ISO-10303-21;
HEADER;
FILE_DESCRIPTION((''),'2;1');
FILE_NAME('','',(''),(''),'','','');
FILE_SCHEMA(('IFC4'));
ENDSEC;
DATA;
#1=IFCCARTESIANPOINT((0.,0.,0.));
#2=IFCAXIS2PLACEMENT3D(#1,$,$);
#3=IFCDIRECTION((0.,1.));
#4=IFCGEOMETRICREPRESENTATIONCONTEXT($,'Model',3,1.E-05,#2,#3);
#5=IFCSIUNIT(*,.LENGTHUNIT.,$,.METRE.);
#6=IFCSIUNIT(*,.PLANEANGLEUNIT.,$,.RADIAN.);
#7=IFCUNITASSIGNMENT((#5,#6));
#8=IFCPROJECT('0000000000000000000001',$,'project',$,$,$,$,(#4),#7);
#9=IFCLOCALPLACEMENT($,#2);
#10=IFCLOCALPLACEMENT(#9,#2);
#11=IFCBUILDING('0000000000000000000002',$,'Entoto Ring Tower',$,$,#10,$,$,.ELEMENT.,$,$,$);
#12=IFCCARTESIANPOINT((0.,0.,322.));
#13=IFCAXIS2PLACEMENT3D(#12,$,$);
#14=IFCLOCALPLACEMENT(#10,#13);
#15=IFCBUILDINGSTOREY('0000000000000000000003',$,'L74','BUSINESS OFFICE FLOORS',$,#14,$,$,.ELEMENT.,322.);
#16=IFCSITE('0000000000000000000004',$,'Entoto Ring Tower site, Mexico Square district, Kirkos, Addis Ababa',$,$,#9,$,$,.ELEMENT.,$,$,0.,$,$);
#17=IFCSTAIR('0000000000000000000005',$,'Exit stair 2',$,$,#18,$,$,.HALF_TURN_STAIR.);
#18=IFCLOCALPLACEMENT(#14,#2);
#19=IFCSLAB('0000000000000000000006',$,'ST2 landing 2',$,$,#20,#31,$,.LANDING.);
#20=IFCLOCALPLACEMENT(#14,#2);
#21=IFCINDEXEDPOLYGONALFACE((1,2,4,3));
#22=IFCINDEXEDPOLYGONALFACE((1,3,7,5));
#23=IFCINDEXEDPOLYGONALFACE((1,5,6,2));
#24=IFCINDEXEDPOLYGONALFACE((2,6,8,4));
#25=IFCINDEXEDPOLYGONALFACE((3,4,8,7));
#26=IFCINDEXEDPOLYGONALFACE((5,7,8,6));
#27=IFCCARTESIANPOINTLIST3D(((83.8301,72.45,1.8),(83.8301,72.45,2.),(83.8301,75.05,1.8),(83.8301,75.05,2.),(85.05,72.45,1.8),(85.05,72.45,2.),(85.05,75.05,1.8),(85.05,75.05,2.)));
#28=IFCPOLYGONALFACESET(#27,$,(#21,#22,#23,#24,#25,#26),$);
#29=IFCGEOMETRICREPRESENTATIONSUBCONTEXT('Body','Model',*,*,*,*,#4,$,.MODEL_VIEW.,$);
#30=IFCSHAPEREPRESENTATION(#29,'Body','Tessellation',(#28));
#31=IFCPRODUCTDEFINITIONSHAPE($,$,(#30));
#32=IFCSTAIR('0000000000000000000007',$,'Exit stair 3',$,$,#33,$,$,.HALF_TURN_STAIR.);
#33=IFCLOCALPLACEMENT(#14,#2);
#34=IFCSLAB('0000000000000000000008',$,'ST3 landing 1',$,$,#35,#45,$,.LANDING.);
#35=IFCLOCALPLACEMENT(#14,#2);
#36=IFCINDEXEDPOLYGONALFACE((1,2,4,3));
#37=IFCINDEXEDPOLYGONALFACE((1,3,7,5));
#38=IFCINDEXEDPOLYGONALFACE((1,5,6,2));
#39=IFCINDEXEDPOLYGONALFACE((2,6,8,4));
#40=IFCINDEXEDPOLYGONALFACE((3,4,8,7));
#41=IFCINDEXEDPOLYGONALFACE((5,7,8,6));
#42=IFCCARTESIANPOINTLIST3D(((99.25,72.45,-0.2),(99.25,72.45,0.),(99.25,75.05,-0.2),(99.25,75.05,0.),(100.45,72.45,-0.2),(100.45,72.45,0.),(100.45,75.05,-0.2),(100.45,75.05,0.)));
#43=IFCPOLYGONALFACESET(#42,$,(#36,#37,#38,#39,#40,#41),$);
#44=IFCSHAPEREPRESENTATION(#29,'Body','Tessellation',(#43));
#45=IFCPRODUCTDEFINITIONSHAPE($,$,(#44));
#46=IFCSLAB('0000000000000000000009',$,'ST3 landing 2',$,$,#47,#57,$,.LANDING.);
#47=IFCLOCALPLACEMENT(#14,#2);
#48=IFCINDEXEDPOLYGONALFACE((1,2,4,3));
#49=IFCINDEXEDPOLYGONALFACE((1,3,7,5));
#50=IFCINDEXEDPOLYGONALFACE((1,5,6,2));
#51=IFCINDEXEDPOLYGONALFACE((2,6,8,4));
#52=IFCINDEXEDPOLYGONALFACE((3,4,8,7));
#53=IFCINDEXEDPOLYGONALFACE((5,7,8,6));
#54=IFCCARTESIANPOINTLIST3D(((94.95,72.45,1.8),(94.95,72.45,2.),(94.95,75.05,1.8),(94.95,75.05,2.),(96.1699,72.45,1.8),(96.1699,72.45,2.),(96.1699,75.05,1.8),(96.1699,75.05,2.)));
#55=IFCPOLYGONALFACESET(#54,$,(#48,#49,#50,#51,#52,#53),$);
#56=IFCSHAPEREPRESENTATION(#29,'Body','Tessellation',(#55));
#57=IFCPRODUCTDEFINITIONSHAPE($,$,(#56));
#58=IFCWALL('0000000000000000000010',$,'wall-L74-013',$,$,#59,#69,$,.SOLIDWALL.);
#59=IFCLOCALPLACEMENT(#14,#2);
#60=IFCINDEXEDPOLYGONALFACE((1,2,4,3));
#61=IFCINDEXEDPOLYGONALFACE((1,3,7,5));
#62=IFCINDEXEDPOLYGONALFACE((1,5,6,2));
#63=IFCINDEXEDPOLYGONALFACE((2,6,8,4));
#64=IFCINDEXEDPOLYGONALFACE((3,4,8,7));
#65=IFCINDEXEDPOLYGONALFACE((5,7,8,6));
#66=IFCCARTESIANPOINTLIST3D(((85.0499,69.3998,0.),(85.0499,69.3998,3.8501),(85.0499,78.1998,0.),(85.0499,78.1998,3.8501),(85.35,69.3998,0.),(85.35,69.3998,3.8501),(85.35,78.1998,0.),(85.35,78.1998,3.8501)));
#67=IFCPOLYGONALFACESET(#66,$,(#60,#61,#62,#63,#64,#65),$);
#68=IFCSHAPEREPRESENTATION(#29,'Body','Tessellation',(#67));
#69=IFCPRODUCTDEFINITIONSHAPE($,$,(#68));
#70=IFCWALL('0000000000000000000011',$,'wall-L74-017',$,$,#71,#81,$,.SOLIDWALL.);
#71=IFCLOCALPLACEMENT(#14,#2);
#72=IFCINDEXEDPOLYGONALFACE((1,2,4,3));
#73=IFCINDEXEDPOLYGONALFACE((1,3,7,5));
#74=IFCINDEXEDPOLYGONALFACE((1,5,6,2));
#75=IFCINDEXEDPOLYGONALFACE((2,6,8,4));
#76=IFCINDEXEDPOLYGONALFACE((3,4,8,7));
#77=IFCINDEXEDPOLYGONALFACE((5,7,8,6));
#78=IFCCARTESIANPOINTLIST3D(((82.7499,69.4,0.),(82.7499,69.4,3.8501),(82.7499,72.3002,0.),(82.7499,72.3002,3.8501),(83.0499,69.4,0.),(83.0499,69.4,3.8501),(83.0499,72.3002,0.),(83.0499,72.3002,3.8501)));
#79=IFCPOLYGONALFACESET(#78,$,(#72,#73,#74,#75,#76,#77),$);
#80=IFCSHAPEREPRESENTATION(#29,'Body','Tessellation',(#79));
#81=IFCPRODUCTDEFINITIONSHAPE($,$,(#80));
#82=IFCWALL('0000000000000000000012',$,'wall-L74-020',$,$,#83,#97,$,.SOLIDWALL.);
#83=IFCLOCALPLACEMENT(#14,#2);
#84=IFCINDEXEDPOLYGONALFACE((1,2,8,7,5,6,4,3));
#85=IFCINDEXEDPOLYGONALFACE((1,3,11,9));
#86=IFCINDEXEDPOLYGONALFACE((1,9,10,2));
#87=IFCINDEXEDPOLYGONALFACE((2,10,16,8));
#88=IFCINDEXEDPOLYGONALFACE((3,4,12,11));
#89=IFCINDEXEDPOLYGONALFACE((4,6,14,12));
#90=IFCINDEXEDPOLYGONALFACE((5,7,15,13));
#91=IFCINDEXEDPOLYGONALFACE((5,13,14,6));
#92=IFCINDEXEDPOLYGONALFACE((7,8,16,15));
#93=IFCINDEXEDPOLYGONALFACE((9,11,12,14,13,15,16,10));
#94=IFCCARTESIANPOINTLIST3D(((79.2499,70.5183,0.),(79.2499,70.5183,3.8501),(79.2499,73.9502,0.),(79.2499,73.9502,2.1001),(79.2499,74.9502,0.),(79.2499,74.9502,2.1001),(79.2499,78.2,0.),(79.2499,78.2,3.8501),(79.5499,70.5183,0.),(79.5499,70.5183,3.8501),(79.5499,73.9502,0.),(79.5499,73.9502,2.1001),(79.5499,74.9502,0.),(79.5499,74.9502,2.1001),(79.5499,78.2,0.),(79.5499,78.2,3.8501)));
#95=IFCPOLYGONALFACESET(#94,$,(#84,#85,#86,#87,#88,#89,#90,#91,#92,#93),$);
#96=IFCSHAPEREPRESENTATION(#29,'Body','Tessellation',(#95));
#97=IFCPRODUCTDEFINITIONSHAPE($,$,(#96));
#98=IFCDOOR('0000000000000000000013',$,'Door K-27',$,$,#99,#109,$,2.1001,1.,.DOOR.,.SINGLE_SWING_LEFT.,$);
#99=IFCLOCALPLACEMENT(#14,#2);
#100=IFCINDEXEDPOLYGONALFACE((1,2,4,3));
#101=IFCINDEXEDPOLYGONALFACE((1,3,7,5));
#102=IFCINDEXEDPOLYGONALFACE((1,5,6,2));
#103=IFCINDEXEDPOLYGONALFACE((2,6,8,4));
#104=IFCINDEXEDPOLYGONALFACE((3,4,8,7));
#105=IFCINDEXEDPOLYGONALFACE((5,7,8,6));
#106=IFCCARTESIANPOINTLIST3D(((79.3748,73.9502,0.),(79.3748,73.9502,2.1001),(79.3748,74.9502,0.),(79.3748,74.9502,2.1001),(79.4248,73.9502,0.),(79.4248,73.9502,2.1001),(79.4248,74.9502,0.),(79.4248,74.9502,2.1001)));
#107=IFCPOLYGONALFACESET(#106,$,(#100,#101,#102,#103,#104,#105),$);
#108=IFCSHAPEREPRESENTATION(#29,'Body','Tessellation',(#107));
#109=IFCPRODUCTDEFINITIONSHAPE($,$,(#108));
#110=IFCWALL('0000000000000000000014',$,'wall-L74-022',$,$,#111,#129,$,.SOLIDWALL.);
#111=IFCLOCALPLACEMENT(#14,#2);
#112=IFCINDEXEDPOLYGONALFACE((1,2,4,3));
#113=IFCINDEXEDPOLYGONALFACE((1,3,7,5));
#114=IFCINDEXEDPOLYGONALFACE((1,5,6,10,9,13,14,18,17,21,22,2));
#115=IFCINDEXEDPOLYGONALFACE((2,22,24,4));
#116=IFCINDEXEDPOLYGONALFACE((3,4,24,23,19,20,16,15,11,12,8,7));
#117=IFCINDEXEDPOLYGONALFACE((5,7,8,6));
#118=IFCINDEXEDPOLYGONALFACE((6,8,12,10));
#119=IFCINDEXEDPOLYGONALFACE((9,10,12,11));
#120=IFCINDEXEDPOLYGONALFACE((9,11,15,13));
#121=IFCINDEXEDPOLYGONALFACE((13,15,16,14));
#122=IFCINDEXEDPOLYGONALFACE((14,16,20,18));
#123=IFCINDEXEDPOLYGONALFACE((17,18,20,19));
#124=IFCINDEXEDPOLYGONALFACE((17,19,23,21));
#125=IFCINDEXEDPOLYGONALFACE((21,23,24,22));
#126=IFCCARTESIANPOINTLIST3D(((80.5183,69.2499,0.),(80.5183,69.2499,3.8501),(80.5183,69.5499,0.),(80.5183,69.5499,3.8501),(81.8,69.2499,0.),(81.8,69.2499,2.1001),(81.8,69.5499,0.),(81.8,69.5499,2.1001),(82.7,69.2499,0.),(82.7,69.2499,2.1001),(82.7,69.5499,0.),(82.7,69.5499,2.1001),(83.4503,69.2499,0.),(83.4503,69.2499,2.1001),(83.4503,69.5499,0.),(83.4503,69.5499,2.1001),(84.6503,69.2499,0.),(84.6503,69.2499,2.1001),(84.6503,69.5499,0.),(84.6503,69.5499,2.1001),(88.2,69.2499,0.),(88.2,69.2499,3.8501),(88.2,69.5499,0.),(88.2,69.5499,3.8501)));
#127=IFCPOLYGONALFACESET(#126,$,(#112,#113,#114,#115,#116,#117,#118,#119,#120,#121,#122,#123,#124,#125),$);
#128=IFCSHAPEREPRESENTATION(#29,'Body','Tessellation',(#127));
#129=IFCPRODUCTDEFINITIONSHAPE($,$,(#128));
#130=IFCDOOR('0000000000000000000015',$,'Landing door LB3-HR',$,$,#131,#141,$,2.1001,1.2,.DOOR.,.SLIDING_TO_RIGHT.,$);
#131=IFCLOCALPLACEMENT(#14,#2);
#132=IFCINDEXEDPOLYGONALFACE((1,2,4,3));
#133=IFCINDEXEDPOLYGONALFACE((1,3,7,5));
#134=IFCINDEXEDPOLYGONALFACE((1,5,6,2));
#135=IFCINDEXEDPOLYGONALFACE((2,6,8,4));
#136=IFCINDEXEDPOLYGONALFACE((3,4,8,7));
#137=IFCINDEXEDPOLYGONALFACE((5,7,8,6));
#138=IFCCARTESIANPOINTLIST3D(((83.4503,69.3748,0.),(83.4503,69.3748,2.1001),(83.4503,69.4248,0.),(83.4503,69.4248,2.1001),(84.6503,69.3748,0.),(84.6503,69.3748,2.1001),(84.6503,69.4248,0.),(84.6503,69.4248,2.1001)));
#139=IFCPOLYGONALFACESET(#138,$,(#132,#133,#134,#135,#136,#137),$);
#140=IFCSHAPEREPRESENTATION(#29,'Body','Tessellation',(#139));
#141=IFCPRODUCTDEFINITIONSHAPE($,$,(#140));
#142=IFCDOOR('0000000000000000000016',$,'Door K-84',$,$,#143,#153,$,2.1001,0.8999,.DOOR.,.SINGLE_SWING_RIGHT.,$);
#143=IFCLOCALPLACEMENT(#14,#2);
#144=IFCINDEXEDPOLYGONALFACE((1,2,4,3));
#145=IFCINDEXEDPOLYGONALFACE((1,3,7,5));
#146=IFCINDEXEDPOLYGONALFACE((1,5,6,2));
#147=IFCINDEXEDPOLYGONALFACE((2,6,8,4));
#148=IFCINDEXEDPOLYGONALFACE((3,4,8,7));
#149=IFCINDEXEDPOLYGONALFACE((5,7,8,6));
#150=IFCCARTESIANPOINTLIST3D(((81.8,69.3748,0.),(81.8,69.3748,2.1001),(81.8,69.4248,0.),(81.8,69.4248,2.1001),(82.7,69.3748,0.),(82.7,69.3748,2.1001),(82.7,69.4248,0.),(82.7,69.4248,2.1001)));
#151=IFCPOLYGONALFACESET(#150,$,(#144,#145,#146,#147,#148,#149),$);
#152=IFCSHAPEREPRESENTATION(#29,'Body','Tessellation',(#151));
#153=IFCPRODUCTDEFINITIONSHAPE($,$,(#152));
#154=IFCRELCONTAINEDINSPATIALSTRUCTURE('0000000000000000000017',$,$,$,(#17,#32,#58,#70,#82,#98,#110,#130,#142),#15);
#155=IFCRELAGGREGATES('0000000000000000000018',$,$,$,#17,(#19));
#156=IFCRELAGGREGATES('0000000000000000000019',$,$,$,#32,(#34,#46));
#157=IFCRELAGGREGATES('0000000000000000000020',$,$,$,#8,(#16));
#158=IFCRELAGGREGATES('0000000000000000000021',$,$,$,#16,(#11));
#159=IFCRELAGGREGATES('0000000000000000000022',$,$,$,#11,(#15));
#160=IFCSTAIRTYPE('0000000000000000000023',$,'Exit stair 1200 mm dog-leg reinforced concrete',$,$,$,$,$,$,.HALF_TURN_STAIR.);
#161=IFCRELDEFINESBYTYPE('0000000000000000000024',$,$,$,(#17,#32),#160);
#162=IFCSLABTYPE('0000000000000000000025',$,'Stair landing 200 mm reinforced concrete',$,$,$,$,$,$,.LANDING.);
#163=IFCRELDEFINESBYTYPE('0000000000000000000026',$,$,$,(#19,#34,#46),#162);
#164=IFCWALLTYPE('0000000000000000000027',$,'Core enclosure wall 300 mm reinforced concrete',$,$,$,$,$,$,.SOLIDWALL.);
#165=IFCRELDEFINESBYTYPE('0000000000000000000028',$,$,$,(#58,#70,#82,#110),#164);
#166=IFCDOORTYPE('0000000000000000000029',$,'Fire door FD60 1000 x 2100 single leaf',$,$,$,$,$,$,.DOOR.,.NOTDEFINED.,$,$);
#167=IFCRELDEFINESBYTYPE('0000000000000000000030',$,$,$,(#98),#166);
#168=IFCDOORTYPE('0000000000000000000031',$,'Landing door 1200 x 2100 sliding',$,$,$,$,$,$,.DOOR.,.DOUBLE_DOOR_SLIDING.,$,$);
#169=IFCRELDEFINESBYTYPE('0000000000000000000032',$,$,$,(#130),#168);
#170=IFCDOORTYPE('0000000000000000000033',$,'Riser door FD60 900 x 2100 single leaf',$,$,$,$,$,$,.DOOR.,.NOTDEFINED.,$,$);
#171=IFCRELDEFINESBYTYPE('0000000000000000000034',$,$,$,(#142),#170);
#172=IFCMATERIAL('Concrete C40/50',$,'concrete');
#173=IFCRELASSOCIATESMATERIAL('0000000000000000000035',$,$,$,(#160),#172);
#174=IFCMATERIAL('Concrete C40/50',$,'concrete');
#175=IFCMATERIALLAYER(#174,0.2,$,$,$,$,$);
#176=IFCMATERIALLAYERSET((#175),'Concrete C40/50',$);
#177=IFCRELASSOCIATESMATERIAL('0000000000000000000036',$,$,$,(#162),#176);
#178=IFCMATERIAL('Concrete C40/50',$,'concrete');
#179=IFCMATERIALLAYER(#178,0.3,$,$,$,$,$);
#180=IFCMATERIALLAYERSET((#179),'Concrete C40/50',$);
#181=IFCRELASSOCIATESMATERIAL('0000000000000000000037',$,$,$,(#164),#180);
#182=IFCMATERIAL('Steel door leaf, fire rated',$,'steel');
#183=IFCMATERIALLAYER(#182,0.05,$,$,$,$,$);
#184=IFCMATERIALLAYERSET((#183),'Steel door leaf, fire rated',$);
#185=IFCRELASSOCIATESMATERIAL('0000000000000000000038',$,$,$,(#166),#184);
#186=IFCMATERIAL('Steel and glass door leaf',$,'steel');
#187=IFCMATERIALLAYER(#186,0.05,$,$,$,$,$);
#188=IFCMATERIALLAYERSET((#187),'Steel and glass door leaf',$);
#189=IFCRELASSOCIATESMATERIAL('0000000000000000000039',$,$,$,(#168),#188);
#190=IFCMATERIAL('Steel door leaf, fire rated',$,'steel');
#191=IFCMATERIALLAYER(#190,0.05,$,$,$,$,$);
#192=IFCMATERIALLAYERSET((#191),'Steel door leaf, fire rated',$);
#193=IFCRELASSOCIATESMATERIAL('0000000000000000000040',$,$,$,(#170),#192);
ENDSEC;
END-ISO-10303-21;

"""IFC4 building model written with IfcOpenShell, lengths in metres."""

from ifc_helpers import new_model, si_unit, direction, frame, frame_2d, origin, place, context, subcontext, project, spatial, polyline, rectangle, outline, extrude, material, layer, layer_set, type_object, element, fill, aggregate, save


model = new_model("IFC4")

# Units and contexts
model_context = context("Model", 3, precision=1e-05, world=origin(), true_north=direction((0.0, 1.0)))
body_context = subcontext(model_context, "Body", "Model", "MODEL_VIEW")
ifc_project = project(units=[si_unit("LENGTHUNIT", "METRE"), si_unit("PLANEANGLEUNIT", "RADIAN")], contexts=[model_context])

# Site, building, storey
site_placement = place(None, origin())
site = spatial("IfcSite", under=ifc_project, at=site_placement, Name="Entoto Ring Tower site, Mexico Square district, Kirkos, Addis Ababa", CompositionType="ELEMENT", RefElevation=0.0)
building_placement = place(site_placement, origin())
building = spatial("IfcBuilding", under=site, at=building_placement, Name="Entoto Ring Tower", CompositionType="ELEMENT")
storey_placement = place(building_placement, frame((0.0, 0.0, 322.0)))
storey = spatial("IfcBuildingStorey", under=building, at=storey_placement, Name="L74", Description="BUSINESS OFFICE FLOORS", CompositionType="ELEMENT", Elevation=322.0)

# Stairs, slabs
ifc_material_1 = material(Name="Concrete C40/50", Category="concrete")
stair_type = type_object("IfcStairType", Name="Exit stair 1200 mm dog-leg reinforced concrete", PredefinedType="HALF_TURN_STAIR", material=ifc_material_1)
stair_1_placement = place(storey_placement, origin())
stair_1 = element("IfcStair", 1, at=stair_1_placement, inside=storey, type_object=stair_type, Name="Exit stair 2", PredefinedType="HALF_TURN_STAIR")
ifc_material_2 = material(Name="Concrete C40/50", Category="concrete")
ifc_layer_1 = layer(ifc_material_2, 0.2)
ifc_layer_set_1 = layer_set([ifc_layer_1], Name="Concrete C40/50")
slab_type_1 = type_object("IfcSlabType", Name="Stair landing 200 mm reinforced concrete", PredefinedType="LANDING", material=ifc_layer_set_1)
slab_1_placement = place(storey_placement, frame((0.0, 0.0, 1.8)))
slab_1 = element("IfcSlab", 2, at=slab_1_placement, type_object=slab_type_1, Name="ST2 landing 2", PredefinedType="LANDING", context=body_context, shape_type="SweptSolid", body=[
    extrude(outline(polyline([(83.8301, 72.45), (85.05, 72.45), (85.05, 75.05), (83.8301, 75.05), (83.8301, 72.45)])), origin(), (0.0, 0.0, 1.0), 0.2),
])
aggregate(stair_1, [slab_1])
stair_2_placement = place(storey_placement, origin())
stair_2 = element("IfcStair", 3, at=stair_2_placement, inside=storey, type_object=stair_type, Name="Exit stair 3", PredefinedType="HALF_TURN_STAIR")
slab_2_placement = place(storey_placement, frame((0.0, 0.0, -0.2)))
slab_2 = element("IfcSlab", 4, at=slab_2_placement, type_object=slab_type_1, Name="ST3 landing 1", PredefinedType="LANDING", context=body_context, shape_type="SweptSolid", body=[
    extrude(outline(polyline([(100.45, 72.45), (100.45, 75.05), (99.25, 75.05), (99.25, 72.45), (100.45, 72.45)])), origin(), (0.0, 0.0, 1.0), 0.2),
])
slab_3_placement = place(storey_placement, frame((0.0, 0.0, 1.8)))
slab_3 = element("IfcSlab", 5, at=slab_3_placement, type_object=slab_type_1, Name="ST3 landing 2", PredefinedType="LANDING", context=body_context, shape_type="SweptSolid", body=[
    extrude(outline(polyline([(94.95, 72.45), (96.1699, 72.45), (96.1699, 75.05), (94.95, 75.05), (94.95, 72.45)])), origin(), (0.0, 0.0, 1.0), 0.2),
])
aggregate(stair_2, [slab_2, slab_3])

# Walls
ifc_material_3 = material(Name="Concrete C40/50", Category="concrete")
ifc_layer_2 = layer(ifc_material_3, 0.3)
ifc_layer_set_2 = layer_set([ifc_layer_2], Name="Concrete C40/50")
wall_type_1 = type_object("IfcWallType", Name="Core enclosure wall 300 mm reinforced concrete", PredefinedType="SOLIDWALL", material=ifc_layer_set_2)
wall_1_placement = place(storey_placement, frame((85.2, 69.3999, 0.0), z_axis=(0.0, 0.0, 1.0), x_axis=(0.0, 1.0, 0.0)))
element("IfcWall", 6, at=wall_1_placement, inside=storey, type_object=wall_type_1, Name="wall-L74-013", PredefinedType="SOLIDWALL", context=body_context, shape_type="SweptSolid", body=[
    extrude(rectangle(XDim=8.8, YDim=0.3, at=frame_2d((4.3999, 0.0))), origin(), (0.0, 0.0, 1.0), 3.8501),
])
wall_2_placement = place(storey_placement, frame((82.8999, 69.3999, 0.0), z_axis=(0.0, 0.0, 1.0), x_axis=(0.0, 1.0, 0.0)))
element("IfcWall", 7, at=wall_2_placement, inside=storey, type_object=wall_type_1, Name="wall-L74-017", PredefinedType="SOLIDWALL", context=body_context, shape_type="SweptSolid", body=[
    extrude(rectangle(XDim=2.9001, YDim=0.3, at=frame_2d((1.4502, 0.0))), origin(), (0.0, 0.0, 1.0), 3.8501),
])

# Wall, opening, door
wall_3_placement = place(storey_placement, frame((79.3999, 70.5183, 0.0), z_axis=(0.0, 0.0, 1.0), x_axis=(0.0, 1.0, 0.0)))
wall_3 = element("IfcWall", 8, at=wall_3_placement, inside=storey, type_object=wall_type_1, Name="wall-L74-020", PredefinedType="SOLIDWALL", context=body_context, shape_type="SweptSolid", body=[
    extrude(rectangle(XDim=7.6816, YDim=0.3, at=frame_2d((3.8408, 0.0))), origin(), (0.0, 0.0, 1.0), 3.8501),
])
opening_1_placement = place(wall_3_placement, frame((3.4319, 0.0, 0.0)))
opening_1 = element("IfcOpeningElement", 9, at=opening_1_placement, cuts=wall_3, PredefinedType="OPENING", context=body_context, shape_type="SweptSolid", body=[
    extrude(rectangle(XDim=1.0, YDim=2.1001, at=frame_2d((0.5, 1.05))), frame((0.0, 0.1602, 0.0), z_axis=(0.0, -1.0, 0.0), x_axis=(1.0, 0.0, 0.0)), (0.0, 0.0, 1.0), 0.3201),
])
ifc_material_4 = material(Name="Steel door leaf, fire rated", Category="steel")
ifc_layer_3 = layer(ifc_material_4, 0.05)
ifc_layer_set_3 = layer_set([ifc_layer_3], Name="Steel door leaf, fire rated")
door_type_1 = type_object("IfcDoorType", Name="Fire door FD60 1000 x 2100 single leaf", OperationType="NOTDEFINED", PredefinedType="DOOR", material=ifc_layer_set_3)
door_1_placement = place(opening_1_placement, frame((1.0, 0.0, 0.0), z_axis=(0.0, 0.0, 1.0), x_axis=(-1.0, 0.0, 0.0)))
door_1 = element("IfcDoor", 10, at=door_1_placement, inside=storey, type_object=door_type_1, Name="Door K-27", OperationType="SINGLE_SWING_LEFT", OverallHeight=2.1001, OverallWidth=1.0, PredefinedType="DOOR", context=body_context, shape_type="SweptSolid", body=[
    extrude(rectangle(XDim=1.0, YDim=2.1001, at=frame_2d((0.5, 1.05))), frame((0.0, 0.0249, 0.0), z_axis=(0.0, -1.0, 0.0), x_axis=(1.0, 0.0, 0.0)), (0.0, 0.0, 1.0), 0.05),
])
fill(opening_1, door_1)

# Wall, openings, doors
wall_4_placement = place(storey_placement, frame((80.5183, 69.3999, 0.0), z_axis=(0.0, 0.0, 1.0), x_axis=(1.0, 0.0, 0.0)))
wall_4 = element("IfcWall", 11, at=wall_4_placement, inside=storey, type_object=wall_type_1, Name="wall-L74-022", PredefinedType="SOLIDWALL", context=body_context, shape_type="SweptSolid", body=[
    extrude(rectangle(XDim=7.6816, YDim=0.3, at=frame_2d((3.8408, 0.0))), origin(), (0.0, 0.0, 1.0), 3.8501),
])
opening_2_placement = place(wall_4_placement, frame((2.9319, 0.0, 0.0)))
opening_2 = element("IfcOpeningElement", 12, at=opening_2_placement, cuts=wall_4, PredefinedType="OPENING", context=body_context, shape_type="SweptSolid", body=[
    extrude(rectangle(XDim=1.2, YDim=2.1001, at=frame_2d((0.6001, 1.05))), frame((0.0, 0.1602, 0.0), z_axis=(0.0, -1.0, 0.0), x_axis=(1.0, 0.0, 0.0)), (0.0, 0.0, 1.0), 0.3201),
])
opening_3_placement = place(wall_4_placement, frame((1.2817, 0.0, 0.0)))
opening_3 = element("IfcOpeningElement", 13, at=opening_3_placement, cuts=wall_4, PredefinedType="OPENING", context=body_context, shape_type="SweptSolid", body=[
    extrude(rectangle(XDim=0.8999, YDim=2.1001, at=frame_2d((0.45, 1.05))), frame((0.0, 0.1602, 0.0), z_axis=(0.0, -1.0, 0.0), x_axis=(1.0, 0.0, 0.0)), (0.0, 0.0, 1.0), 0.3201),
])
ifc_material_5 = material(Name="Steel and glass door leaf", Category="steel")
ifc_layer_4 = layer(ifc_material_5, 0.05)
ifc_layer_set_4 = layer_set([ifc_layer_4], Name="Steel and glass door leaf")
door_type_2 = type_object("IfcDoorType", Name="Landing door 1200 x 2100 sliding", OperationType="DOUBLE_DOOR_SLIDING", PredefinedType="DOOR", material=ifc_layer_set_4)
door_2_placement = place(opening_2_placement, origin())
door_2 = element("IfcDoor", 14, at=door_2_placement, inside=storey, type_object=door_type_2, Name="Landing door LB3-HR", OperationType="SLIDING_TO_RIGHT", OverallHeight=2.1001, OverallWidth=1.2, PredefinedType="DOOR", context=body_context, shape_type="SweptSolid", body=[
    extrude(rectangle(XDim=1.2, YDim=2.1001, at=frame_2d((0.6001, 1.05))), frame((0.0, 0.0249, 0.0), z_axis=(0.0, -1.0, 0.0), x_axis=(1.0, 0.0, 0.0)), (0.0, 0.0, 1.0), 0.05),
])
fill(opening_2, door_2)
ifc_material_6 = material(Name="Steel door leaf, fire rated", Category="steel")
ifc_layer_5 = layer(ifc_material_6, 0.05)
ifc_layer_set_5 = layer_set([ifc_layer_5], Name="Steel door leaf, fire rated")
door_type_3 = type_object("IfcDoorType", Name="Riser door FD60 900 x 2100 single leaf", OperationType="NOTDEFINED", PredefinedType="DOOR", material=ifc_layer_set_5)
door_3_placement = place(opening_3_placement, origin())
door_3 = element("IfcDoor", 15, at=door_3_placement, inside=storey, type_object=door_type_3, Name="Door K-84", OperationType="SINGLE_SWING_RIGHT", OverallHeight=2.1001, OverallWidth=0.8999, PredefinedType="DOOR", context=body_context, shape_type="SweptSolid", body=[
    extrude(rectangle(XDim=0.8999, YDim=2.1001, at=frame_2d((0.45, 1.05))), frame((0.0, 0.0249, 0.0), z_axis=(0.0, -1.0, 0.0), x_axis=(1.0, 0.0, 0.0)), (0.0, 0.0, 1.0), 0.05),
])
fill(opening_3, door_3)

save(model, "model.ifc")
